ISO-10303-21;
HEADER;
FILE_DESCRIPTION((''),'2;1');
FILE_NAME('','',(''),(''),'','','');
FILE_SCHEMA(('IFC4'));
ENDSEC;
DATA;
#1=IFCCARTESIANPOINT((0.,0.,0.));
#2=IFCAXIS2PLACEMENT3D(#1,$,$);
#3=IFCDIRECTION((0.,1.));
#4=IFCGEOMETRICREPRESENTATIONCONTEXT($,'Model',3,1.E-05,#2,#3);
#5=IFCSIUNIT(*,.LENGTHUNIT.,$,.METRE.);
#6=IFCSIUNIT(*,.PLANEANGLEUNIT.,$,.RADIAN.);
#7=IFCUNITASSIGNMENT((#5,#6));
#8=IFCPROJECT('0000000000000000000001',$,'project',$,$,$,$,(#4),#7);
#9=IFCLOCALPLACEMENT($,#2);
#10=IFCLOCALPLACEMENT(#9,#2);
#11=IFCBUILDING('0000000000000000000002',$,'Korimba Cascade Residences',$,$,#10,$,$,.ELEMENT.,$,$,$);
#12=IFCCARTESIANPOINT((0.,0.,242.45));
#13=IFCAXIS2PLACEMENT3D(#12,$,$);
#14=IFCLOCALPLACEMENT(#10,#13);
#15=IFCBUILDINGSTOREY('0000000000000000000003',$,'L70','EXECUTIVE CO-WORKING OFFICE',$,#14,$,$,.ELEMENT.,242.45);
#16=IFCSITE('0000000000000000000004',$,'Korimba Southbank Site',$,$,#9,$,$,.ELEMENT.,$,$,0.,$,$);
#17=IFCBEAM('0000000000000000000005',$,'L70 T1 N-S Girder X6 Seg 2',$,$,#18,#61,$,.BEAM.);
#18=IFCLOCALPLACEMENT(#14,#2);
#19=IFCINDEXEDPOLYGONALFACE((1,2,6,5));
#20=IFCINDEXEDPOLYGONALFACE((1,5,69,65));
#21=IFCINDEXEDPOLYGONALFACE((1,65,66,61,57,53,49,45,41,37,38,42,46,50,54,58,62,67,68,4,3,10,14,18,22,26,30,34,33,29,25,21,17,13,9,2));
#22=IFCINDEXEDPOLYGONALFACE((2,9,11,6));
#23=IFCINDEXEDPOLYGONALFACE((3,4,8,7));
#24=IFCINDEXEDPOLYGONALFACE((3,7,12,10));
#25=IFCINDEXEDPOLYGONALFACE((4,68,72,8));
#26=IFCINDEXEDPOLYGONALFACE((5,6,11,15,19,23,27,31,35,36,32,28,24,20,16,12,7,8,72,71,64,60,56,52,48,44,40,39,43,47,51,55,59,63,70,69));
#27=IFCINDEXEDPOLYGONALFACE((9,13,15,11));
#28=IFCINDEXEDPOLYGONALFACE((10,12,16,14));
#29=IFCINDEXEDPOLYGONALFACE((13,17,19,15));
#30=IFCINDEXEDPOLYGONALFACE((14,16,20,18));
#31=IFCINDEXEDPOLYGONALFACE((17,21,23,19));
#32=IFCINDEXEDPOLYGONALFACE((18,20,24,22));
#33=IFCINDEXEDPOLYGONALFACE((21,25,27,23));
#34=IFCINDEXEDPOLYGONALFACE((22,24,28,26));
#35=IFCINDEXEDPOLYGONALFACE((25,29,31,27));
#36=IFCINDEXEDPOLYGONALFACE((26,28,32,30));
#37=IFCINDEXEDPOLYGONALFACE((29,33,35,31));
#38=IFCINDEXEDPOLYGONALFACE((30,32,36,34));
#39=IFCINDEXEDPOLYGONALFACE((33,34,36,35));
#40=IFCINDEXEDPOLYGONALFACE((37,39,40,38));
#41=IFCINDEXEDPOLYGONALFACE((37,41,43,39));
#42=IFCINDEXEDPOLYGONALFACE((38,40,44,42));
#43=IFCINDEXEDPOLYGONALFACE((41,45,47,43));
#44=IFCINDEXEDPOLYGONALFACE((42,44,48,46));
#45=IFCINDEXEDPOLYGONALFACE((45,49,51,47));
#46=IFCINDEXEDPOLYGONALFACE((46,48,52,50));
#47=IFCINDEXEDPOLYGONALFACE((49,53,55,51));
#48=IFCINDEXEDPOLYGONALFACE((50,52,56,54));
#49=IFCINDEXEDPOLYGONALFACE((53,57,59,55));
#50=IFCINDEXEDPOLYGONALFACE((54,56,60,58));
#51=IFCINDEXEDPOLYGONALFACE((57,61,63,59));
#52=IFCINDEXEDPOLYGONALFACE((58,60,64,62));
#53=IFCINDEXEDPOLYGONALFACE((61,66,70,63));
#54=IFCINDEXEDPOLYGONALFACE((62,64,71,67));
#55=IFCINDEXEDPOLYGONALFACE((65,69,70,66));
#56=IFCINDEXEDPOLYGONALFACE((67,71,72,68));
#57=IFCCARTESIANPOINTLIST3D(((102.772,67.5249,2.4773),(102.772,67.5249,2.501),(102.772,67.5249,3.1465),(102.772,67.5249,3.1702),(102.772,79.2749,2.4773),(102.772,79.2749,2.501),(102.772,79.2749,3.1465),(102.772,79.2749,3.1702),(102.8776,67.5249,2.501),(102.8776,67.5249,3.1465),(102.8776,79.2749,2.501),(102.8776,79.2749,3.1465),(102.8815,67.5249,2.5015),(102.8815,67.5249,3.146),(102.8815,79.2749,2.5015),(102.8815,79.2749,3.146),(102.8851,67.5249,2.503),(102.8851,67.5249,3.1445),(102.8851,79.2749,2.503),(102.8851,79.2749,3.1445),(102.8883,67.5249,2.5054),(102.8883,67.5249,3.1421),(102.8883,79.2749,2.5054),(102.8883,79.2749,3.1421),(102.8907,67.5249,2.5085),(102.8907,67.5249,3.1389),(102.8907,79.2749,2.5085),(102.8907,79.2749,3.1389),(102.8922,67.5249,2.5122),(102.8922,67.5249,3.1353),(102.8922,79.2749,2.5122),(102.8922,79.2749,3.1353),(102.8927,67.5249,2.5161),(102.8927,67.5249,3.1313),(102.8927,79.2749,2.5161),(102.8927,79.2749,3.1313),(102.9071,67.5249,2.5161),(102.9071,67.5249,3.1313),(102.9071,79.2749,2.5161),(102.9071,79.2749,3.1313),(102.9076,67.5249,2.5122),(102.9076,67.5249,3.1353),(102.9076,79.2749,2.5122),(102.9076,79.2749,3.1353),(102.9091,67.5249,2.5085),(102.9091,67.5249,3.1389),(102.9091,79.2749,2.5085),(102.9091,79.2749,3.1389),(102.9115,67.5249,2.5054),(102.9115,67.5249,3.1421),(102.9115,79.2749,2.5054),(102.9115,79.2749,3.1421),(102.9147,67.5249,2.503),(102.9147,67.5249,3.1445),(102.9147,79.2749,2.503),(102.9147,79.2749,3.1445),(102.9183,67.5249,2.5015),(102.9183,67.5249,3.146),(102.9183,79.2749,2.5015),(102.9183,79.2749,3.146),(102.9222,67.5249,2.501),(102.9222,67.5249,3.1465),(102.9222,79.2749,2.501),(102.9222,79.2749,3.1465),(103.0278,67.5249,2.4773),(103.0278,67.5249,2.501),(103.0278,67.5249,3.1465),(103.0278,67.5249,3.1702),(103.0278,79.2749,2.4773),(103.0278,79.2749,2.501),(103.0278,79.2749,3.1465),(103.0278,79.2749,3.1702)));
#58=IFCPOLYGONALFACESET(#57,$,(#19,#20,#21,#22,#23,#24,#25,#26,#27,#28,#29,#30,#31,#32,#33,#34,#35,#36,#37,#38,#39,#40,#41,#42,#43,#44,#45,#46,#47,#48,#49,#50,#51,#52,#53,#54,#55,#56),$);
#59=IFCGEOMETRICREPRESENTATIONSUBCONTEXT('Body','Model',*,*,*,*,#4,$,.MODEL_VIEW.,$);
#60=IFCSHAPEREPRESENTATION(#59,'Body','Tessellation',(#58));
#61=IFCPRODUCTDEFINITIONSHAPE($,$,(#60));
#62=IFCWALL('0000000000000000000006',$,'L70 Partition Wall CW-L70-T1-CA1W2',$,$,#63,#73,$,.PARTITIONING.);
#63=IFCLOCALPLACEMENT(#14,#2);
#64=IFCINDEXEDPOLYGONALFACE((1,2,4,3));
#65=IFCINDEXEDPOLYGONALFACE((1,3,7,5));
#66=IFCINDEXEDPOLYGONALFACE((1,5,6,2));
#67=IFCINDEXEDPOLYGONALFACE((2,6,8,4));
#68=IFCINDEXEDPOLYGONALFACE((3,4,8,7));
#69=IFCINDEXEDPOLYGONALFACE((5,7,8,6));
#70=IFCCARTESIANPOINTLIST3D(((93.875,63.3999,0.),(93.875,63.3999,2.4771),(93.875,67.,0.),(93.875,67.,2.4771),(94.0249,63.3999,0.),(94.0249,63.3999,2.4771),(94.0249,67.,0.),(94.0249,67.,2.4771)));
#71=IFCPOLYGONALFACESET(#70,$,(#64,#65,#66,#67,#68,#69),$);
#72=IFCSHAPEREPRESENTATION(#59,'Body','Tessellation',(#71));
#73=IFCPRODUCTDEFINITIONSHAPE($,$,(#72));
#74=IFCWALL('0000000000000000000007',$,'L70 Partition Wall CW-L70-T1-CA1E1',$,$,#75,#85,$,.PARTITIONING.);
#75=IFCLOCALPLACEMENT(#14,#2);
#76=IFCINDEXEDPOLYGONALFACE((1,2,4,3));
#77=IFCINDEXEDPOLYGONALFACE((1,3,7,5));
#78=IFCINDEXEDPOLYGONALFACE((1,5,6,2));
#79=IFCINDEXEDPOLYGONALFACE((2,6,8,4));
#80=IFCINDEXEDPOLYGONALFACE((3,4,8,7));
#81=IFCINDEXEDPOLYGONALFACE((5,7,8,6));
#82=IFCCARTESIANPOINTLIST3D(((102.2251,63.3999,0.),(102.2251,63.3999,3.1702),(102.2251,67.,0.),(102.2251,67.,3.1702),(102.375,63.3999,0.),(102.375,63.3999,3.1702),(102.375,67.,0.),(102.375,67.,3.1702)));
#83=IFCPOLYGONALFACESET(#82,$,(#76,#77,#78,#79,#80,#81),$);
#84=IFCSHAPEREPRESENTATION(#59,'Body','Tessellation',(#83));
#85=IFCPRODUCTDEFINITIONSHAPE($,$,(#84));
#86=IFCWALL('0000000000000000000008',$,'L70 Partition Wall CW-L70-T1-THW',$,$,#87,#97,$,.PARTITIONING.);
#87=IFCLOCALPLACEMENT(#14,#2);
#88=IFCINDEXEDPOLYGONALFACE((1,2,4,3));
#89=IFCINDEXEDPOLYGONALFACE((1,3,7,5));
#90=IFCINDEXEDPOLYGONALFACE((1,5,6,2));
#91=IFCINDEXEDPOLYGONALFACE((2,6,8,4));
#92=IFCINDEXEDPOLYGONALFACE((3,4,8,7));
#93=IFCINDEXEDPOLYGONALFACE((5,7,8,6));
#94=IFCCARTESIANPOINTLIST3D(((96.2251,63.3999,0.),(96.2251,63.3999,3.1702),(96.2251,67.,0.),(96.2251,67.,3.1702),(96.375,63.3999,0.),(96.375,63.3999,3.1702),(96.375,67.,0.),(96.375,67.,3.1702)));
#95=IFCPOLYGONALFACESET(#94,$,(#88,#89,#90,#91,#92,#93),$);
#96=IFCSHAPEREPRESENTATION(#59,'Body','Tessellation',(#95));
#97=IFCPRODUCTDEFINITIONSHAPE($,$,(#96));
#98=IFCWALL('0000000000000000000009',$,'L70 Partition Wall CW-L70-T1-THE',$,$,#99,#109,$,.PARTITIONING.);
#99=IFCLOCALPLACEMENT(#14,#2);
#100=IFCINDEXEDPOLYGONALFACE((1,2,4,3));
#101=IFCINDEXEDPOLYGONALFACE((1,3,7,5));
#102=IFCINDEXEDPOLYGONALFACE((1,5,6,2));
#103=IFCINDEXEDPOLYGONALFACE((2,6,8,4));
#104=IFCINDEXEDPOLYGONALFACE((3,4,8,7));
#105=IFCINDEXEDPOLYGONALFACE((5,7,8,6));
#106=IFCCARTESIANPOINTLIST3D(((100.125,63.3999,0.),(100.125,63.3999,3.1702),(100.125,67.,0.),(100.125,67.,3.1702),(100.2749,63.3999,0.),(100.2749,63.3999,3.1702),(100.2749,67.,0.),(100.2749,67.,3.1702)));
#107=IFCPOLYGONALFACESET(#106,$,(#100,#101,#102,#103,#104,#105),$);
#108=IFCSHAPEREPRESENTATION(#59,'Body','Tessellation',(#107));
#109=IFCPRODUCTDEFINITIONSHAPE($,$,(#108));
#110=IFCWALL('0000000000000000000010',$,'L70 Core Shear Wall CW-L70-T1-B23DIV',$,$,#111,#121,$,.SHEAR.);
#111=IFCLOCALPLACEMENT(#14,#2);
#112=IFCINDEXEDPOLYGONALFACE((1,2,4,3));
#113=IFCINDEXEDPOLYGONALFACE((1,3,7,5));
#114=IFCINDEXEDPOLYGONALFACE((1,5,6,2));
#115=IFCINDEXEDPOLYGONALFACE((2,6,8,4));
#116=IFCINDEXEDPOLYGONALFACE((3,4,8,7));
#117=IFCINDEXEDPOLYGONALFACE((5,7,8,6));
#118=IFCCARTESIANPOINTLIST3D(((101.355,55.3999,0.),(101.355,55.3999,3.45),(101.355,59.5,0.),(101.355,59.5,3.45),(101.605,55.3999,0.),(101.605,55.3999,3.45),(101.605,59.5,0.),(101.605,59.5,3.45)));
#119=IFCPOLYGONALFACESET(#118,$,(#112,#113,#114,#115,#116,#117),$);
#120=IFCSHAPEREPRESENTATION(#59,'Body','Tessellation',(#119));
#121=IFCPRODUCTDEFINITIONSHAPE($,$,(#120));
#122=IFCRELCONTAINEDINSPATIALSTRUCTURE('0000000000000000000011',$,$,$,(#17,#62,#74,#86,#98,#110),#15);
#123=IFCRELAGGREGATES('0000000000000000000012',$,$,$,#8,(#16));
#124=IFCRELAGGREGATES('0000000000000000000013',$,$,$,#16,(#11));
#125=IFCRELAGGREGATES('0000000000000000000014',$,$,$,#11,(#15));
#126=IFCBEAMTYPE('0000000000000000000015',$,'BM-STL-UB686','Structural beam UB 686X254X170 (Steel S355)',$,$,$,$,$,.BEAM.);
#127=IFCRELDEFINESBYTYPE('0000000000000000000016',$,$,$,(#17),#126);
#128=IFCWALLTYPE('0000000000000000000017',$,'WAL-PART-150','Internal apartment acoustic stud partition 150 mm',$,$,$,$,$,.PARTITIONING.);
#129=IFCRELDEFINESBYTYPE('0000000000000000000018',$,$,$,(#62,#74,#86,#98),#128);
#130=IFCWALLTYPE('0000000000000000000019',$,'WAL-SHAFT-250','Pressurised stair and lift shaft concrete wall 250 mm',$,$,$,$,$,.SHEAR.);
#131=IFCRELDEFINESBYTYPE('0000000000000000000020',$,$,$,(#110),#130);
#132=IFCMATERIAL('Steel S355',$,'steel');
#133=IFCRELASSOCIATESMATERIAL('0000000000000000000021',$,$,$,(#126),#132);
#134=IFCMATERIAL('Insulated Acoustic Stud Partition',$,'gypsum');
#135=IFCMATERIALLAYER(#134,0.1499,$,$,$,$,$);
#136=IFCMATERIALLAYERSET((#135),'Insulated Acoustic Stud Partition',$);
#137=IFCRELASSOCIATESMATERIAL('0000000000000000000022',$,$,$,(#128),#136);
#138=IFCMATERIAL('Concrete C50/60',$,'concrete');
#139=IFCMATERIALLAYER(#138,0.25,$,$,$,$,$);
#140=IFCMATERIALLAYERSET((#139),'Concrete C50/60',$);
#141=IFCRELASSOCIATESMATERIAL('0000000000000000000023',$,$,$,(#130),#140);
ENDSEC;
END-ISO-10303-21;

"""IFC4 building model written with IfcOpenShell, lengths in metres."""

from ifc_helpers import new_model, si_unit, direction, frame, frame_2d, origin, origin_2d, place, context, subcontext, project, spatial, rectangle, i_section, extrude, material, layer, layer_set, material_profile, profile_set, type_object, element, save


model = new_model("IFC4")

# Units and contexts
model_context = context("Model", 3, precision=1e-05, world=origin(), true_north=direction((0.0, 1.0)))
body_context = subcontext(model_context, "Body", "Model", "MODEL_VIEW")
ifc_project = project(units=[si_unit("LENGTHUNIT", "METRE"), si_unit("PLANEANGLEUNIT", "RADIAN")], contexts=[model_context])

# Site, building, storey
site_placement = place(None, origin())
site = spatial("IfcSite", under=ifc_project, at=site_placement, Name="Korimba Southbank Site", CompositionType="ELEMENT", RefElevation=0.0)
building_placement = place(site_placement, origin())
building = spatial("IfcBuilding", under=site, at=building_placement, Name="Korimba Cascade Residences", CompositionType="ELEMENT")
storey_placement = place(building_placement, frame((0.0, 0.0, 242.45)))
storey = spatial("IfcBuildingStorey", under=building, at=storey_placement, Name="L70", Description="EXECUTIVE CO-WORKING OFFICE", CompositionType="ELEMENT", Elevation=242.45)

# Shared definitions
ifc_material_1 = material(Name="Concrete C50/60", Category="concrete")

# Beam
ifc_material_2 = material(Name="Steel S355", Category="steel")
ifc_material_profile_1 = material_profile(ifc_material_2, i_section(OverallWidth=0.2559, OverallDepth=0.6929, WebThickness=0.0144, FlangeThickness=0.0237, FilletRadius=0.0151, at=origin_2d()), Name="Steel S355")
ifc_profile_set_1 = profile_set([ifc_material_profile_1], Name="Steel S355")
beam_type = type_object("IfcBeamType", Name="BM-STL-UB686", Description="Structural beam UB 686X254X170 (Steel S355)", PredefinedType="BEAM", material=ifc_profile_set_1)
beam_1_placement = place(storey_placement, frame((102.8999, 67.5249, 2.8237), z_axis=(0.0, 1.0, 0.0), x_axis=(-1.0, 0.0, 0.0)))
element("IfcBeam", 1, at=beam_1_placement, inside=storey, type_object=beam_type, Name="L70 T1 N-S Girder X6 Seg 2", PredefinedType="BEAM", context=body_context, shape_type="SweptSolid", body=[
    extrude(i_section(OverallWidth=0.2559, OverallDepth=0.6929, WebThickness=0.0144, FlangeThickness=0.0237, FilletRadius=0.0151, at=origin_2d()), origin(), (0.0, 0.0, 1.0), 11.75),
])

# Walls
ifc_material_3 = material(Name="Insulated Acoustic Stud Partition", Category="gypsum")
ifc_layer_1 = layer(ifc_material_3, 0.1499)
ifc_layer_set_1 = layer_set([ifc_layer_1], Name="Insulated Acoustic Stud Partition")
wall_type_1 = type_object("IfcWallType", Name="WAL-PART-150", Description="Internal apartment acoustic stud partition 150 mm", PredefinedType="PARTITIONING", material=ifc_layer_set_1)
wall_1_placement = place(storey_placement, frame((93.95, 63.3999, 0.0), z_axis=(0.0, 0.0, 1.0), x_axis=(0.0, 1.0, 0.0)))
element("IfcWall", 2, at=wall_1_placement, inside=storey, type_object=wall_type_1, Name="L70 Partition Wall CW-L70-T1-CA1W2", PredefinedType="PARTITIONING", context=body_context, shape_type="SweptSolid", body=[
    extrude(rectangle(XDim=3.6001, YDim=0.1499, at=frame_2d((1.8, 0.0))), origin(), (0.0, 0.0, 1.0), 2.4771),
])
for number, where, z_axis, x_axis, name in (
    (3, (102.3, 63.3999, 0.0), (0.0, 0.0, 1.0), (0.0, 1.0, 0.0), "L70 Partition Wall CW-L70-T1-CA1E1"),
    (4, (96.3, 63.3999, 0.0), (0.0, 0.0, 1.0), (0.0, 1.0, 0.0), "L70 Partition Wall CW-L70-T1-THW"),
    (5, (100.2, 63.3999, 0.0), (0.0, 0.0, 1.0), (0.0, 1.0, 0.0), "L70 Partition Wall CW-L70-T1-THE"),
):
    element("IfcWall", number, at=place(storey_placement, frame(where, z_axis=z_axis, x_axis=x_axis)), inside=storey, type_object=wall_type_1, Name=name, PredefinedType="PARTITIONING", context=body_context, shape_type="SweptSolid", body=[
        extrude(rectangle(XDim=3.6001, YDim=0.1499, at=frame_2d((1.8, 0.0))), origin(), (0.0, 0.0, 1.0), 3.1702),
    ])
ifc_layer_2 = layer(ifc_material_1, 0.25)
ifc_layer_set_2 = layer_set([ifc_layer_2], Name="Concrete C50/60")
wall_type_2 = type_object("IfcWallType", Name="WAL-SHAFT-250", Description="Pressurised stair and lift shaft concrete wall 250 mm", PredefinedType="SHEAR", material=ifc_layer_set_2)
wall_2_placement = place(storey_placement, frame((101.48, 55.3999, 0.0), z_axis=(0.0, 0.0, 1.0), x_axis=(0.0, 1.0, 0.0)))
element("IfcWall", 6, at=wall_2_placement, inside=storey, type_object=wall_type_2, Name="L70 Core Shear Wall CW-L70-T1-B23DIV", PredefinedType="SHEAR", context=body_context, shape_type="SweptSolid", body=[
    extrude(rectangle(XDim=4.1001, YDim=0.25, at=frame_2d((2.05, 0.0))), origin(), (0.0, 0.0, 1.0), 3.45),
])

save(model, "model.ifc")
